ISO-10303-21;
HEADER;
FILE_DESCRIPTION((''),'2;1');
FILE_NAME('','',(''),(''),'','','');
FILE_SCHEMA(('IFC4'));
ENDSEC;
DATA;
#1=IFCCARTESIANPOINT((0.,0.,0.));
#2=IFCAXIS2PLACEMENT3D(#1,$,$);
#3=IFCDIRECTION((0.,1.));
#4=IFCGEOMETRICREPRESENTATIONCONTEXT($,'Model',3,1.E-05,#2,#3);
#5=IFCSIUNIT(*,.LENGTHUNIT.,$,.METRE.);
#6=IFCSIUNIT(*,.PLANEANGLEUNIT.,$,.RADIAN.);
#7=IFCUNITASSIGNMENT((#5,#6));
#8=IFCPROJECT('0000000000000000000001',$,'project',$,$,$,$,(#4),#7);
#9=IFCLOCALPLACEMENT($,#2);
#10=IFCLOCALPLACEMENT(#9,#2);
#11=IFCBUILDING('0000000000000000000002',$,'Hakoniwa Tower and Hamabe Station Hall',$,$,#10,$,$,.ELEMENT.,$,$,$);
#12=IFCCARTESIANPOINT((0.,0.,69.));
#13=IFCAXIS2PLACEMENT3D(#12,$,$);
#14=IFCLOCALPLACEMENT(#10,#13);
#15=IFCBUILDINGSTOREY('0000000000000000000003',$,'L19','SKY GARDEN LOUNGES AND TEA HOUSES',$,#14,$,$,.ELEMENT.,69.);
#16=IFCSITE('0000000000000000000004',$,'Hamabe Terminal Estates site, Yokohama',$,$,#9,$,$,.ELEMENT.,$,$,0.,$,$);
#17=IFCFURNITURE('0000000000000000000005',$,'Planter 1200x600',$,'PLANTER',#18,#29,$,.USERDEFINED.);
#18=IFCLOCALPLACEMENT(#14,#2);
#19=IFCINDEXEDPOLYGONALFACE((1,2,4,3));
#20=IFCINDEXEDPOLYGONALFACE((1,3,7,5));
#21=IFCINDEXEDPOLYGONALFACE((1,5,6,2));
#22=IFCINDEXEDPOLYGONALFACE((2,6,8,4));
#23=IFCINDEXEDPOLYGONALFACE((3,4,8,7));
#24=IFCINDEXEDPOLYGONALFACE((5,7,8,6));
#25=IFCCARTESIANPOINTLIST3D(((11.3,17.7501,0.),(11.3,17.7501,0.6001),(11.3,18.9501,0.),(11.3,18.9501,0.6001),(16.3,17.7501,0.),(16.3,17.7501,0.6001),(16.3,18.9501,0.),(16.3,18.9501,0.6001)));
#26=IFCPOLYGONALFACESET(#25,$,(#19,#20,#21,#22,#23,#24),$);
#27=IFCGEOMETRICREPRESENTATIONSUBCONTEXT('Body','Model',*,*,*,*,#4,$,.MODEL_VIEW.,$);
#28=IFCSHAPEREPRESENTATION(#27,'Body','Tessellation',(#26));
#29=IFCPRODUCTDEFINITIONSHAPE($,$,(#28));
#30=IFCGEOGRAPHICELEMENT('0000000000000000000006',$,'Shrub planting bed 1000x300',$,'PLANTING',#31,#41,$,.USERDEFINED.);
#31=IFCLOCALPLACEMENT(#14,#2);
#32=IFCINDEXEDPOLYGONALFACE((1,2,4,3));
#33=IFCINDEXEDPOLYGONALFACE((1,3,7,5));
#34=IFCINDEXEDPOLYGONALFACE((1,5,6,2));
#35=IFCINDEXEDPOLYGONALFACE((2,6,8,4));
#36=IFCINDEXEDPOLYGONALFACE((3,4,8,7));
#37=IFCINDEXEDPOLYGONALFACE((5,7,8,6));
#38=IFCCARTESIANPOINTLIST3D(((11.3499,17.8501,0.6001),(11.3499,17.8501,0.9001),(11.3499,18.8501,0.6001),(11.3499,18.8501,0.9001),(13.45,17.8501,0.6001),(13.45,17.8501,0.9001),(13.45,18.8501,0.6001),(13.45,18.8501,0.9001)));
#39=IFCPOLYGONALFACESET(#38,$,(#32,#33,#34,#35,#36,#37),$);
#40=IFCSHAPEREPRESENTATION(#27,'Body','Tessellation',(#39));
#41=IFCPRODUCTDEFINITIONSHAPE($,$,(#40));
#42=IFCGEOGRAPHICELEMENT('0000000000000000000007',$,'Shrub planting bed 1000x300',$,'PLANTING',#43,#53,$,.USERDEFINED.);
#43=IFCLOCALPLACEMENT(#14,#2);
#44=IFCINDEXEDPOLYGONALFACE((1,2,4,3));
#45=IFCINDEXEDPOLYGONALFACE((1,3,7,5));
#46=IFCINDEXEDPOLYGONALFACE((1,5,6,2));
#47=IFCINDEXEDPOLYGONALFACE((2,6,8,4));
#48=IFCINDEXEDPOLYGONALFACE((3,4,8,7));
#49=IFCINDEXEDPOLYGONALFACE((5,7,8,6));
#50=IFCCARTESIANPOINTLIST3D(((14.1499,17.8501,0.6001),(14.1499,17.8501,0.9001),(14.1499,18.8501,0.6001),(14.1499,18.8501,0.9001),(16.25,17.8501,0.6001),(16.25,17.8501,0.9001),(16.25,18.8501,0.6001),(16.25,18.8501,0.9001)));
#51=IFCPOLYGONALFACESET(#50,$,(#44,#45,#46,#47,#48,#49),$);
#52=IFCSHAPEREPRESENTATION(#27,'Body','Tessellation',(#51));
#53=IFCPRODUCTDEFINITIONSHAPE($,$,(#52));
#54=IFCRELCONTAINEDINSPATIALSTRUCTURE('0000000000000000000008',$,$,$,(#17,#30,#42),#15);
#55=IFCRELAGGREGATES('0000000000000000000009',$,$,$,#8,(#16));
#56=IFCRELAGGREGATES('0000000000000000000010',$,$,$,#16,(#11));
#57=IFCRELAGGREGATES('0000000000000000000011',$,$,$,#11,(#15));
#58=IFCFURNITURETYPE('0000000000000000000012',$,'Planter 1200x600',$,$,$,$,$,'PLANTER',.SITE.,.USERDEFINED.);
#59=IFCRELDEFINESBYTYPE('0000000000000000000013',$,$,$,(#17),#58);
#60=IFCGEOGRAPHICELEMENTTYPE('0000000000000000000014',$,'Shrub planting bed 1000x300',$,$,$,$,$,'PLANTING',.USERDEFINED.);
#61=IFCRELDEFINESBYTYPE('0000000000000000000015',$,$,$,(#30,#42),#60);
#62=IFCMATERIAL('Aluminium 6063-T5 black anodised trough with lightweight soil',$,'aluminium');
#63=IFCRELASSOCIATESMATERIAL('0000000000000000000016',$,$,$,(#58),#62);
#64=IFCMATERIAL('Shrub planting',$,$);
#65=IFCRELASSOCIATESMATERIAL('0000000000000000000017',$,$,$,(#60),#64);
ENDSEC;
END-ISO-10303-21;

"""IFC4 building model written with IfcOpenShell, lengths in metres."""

from ifc_helpers import new_model, si_unit, direction, frame, origin, origin_2d, place, context, subcontext, project, spatial, rectangle, extrude, material, type_object, element, save


model = new_model("IFC4")

# Units and contexts
model_context = context("Model", 3, precision=1e-05, world=origin(), true_north=direction((0.0, 1.0)))
body_context = subcontext(model_context, "Body", "Model", "MODEL_VIEW")
ifc_project = project(units=[si_unit("LENGTHUNIT", "METRE"), si_unit("PLANEANGLEUNIT", "RADIAN")], contexts=[model_context])

# Site, building, storey
site_placement = place(None, origin())
site = spatial("IfcSite", under=ifc_project, at=site_placement, Name="Hamabe Terminal Estates site, Yokohama", CompositionType="ELEMENT", RefElevation=0.0)
building_placement = place(site_placement, origin())
building = spatial("IfcBuilding", under=site, at=building_placement, Name="Hakoniwa Tower and Hamabe Station Hall", CompositionType="ELEMENT")
storey_placement = place(building_placement, frame((0.0, 0.0, 69.0)))
storey = spatial("IfcBuildingStorey", under=building, at=storey_placement, Name="L19", Description="SKY GARDEN LOUNGES AND TEA HOUSES", CompositionType="ELEMENT", Elevation=69.0)

# Furniture
ifc_material_1 = material(Name="Aluminium 6063-T5 black anodised trough with lightweight soil", Category="aluminium")
furniture_type = type_object("IfcFurnitureType", Name="Planter 1200x600", ElementType="PLANTER", AssemblyPlace="SITE", PredefinedType="USERDEFINED", material=ifc_material_1)
furniture_placement = place(storey_placement, frame((13.8, 18.3501, 0.0), z_axis=(0.0, 0.0, 1.0), x_axis=(1.0, 0.0, 0.0)))
element("IfcFurniture", 1, at=furniture_placement, inside=storey, type_object=furniture_type, Name="Planter 1200x600", ObjectType="PLANTER", PredefinedType="USERDEFINED", context=body_context, shape_type="SweptSolid", body=[
    extrude(rectangle(XDim=5.0, YDim=1.2, at=origin_2d()), origin(), (0.0, 0.0, 1.0), 0.6001),
])

# Geographic elements
ifc_material_2 = material(Name="Shrub planting")
geographic_element_type = type_object("IfcGeographicElementType", Name="Shrub planting bed 1000x300", ElementType="PLANTING", PredefinedType="USERDEFINED", material=ifc_material_2)
for number, where, z_axis, x_axis, name in (
    (2, (12.3999, 18.3501, 0.6001), (0.0, 0.0, 1.0), (1.0, 0.0, 0.0), "Shrub planting bed 1000x300"),
    (3, (15.2, 18.3501, 0.6001), (0.0, 0.0, 1.0), (1.0, 0.0, 0.0), "Shrub planting bed 1000x300"),
):
    element("IfcGeographicElement", number, at=place(storey_placement, frame(where, z_axis=z_axis, x_axis=x_axis)), inside=storey, type_object=geographic_element_type, Name=name, ObjectType="PLANTING", PredefinedType="USERDEFINED", context=body_context, shape_type="SweptSolid", body=[
        extrude(rectangle(XDim=2.1001, YDim=1.0, at=origin_2d()), origin(), (0.0, 0.0, 1.0), 0.3),
    ])

save(model, "model.ifc")
